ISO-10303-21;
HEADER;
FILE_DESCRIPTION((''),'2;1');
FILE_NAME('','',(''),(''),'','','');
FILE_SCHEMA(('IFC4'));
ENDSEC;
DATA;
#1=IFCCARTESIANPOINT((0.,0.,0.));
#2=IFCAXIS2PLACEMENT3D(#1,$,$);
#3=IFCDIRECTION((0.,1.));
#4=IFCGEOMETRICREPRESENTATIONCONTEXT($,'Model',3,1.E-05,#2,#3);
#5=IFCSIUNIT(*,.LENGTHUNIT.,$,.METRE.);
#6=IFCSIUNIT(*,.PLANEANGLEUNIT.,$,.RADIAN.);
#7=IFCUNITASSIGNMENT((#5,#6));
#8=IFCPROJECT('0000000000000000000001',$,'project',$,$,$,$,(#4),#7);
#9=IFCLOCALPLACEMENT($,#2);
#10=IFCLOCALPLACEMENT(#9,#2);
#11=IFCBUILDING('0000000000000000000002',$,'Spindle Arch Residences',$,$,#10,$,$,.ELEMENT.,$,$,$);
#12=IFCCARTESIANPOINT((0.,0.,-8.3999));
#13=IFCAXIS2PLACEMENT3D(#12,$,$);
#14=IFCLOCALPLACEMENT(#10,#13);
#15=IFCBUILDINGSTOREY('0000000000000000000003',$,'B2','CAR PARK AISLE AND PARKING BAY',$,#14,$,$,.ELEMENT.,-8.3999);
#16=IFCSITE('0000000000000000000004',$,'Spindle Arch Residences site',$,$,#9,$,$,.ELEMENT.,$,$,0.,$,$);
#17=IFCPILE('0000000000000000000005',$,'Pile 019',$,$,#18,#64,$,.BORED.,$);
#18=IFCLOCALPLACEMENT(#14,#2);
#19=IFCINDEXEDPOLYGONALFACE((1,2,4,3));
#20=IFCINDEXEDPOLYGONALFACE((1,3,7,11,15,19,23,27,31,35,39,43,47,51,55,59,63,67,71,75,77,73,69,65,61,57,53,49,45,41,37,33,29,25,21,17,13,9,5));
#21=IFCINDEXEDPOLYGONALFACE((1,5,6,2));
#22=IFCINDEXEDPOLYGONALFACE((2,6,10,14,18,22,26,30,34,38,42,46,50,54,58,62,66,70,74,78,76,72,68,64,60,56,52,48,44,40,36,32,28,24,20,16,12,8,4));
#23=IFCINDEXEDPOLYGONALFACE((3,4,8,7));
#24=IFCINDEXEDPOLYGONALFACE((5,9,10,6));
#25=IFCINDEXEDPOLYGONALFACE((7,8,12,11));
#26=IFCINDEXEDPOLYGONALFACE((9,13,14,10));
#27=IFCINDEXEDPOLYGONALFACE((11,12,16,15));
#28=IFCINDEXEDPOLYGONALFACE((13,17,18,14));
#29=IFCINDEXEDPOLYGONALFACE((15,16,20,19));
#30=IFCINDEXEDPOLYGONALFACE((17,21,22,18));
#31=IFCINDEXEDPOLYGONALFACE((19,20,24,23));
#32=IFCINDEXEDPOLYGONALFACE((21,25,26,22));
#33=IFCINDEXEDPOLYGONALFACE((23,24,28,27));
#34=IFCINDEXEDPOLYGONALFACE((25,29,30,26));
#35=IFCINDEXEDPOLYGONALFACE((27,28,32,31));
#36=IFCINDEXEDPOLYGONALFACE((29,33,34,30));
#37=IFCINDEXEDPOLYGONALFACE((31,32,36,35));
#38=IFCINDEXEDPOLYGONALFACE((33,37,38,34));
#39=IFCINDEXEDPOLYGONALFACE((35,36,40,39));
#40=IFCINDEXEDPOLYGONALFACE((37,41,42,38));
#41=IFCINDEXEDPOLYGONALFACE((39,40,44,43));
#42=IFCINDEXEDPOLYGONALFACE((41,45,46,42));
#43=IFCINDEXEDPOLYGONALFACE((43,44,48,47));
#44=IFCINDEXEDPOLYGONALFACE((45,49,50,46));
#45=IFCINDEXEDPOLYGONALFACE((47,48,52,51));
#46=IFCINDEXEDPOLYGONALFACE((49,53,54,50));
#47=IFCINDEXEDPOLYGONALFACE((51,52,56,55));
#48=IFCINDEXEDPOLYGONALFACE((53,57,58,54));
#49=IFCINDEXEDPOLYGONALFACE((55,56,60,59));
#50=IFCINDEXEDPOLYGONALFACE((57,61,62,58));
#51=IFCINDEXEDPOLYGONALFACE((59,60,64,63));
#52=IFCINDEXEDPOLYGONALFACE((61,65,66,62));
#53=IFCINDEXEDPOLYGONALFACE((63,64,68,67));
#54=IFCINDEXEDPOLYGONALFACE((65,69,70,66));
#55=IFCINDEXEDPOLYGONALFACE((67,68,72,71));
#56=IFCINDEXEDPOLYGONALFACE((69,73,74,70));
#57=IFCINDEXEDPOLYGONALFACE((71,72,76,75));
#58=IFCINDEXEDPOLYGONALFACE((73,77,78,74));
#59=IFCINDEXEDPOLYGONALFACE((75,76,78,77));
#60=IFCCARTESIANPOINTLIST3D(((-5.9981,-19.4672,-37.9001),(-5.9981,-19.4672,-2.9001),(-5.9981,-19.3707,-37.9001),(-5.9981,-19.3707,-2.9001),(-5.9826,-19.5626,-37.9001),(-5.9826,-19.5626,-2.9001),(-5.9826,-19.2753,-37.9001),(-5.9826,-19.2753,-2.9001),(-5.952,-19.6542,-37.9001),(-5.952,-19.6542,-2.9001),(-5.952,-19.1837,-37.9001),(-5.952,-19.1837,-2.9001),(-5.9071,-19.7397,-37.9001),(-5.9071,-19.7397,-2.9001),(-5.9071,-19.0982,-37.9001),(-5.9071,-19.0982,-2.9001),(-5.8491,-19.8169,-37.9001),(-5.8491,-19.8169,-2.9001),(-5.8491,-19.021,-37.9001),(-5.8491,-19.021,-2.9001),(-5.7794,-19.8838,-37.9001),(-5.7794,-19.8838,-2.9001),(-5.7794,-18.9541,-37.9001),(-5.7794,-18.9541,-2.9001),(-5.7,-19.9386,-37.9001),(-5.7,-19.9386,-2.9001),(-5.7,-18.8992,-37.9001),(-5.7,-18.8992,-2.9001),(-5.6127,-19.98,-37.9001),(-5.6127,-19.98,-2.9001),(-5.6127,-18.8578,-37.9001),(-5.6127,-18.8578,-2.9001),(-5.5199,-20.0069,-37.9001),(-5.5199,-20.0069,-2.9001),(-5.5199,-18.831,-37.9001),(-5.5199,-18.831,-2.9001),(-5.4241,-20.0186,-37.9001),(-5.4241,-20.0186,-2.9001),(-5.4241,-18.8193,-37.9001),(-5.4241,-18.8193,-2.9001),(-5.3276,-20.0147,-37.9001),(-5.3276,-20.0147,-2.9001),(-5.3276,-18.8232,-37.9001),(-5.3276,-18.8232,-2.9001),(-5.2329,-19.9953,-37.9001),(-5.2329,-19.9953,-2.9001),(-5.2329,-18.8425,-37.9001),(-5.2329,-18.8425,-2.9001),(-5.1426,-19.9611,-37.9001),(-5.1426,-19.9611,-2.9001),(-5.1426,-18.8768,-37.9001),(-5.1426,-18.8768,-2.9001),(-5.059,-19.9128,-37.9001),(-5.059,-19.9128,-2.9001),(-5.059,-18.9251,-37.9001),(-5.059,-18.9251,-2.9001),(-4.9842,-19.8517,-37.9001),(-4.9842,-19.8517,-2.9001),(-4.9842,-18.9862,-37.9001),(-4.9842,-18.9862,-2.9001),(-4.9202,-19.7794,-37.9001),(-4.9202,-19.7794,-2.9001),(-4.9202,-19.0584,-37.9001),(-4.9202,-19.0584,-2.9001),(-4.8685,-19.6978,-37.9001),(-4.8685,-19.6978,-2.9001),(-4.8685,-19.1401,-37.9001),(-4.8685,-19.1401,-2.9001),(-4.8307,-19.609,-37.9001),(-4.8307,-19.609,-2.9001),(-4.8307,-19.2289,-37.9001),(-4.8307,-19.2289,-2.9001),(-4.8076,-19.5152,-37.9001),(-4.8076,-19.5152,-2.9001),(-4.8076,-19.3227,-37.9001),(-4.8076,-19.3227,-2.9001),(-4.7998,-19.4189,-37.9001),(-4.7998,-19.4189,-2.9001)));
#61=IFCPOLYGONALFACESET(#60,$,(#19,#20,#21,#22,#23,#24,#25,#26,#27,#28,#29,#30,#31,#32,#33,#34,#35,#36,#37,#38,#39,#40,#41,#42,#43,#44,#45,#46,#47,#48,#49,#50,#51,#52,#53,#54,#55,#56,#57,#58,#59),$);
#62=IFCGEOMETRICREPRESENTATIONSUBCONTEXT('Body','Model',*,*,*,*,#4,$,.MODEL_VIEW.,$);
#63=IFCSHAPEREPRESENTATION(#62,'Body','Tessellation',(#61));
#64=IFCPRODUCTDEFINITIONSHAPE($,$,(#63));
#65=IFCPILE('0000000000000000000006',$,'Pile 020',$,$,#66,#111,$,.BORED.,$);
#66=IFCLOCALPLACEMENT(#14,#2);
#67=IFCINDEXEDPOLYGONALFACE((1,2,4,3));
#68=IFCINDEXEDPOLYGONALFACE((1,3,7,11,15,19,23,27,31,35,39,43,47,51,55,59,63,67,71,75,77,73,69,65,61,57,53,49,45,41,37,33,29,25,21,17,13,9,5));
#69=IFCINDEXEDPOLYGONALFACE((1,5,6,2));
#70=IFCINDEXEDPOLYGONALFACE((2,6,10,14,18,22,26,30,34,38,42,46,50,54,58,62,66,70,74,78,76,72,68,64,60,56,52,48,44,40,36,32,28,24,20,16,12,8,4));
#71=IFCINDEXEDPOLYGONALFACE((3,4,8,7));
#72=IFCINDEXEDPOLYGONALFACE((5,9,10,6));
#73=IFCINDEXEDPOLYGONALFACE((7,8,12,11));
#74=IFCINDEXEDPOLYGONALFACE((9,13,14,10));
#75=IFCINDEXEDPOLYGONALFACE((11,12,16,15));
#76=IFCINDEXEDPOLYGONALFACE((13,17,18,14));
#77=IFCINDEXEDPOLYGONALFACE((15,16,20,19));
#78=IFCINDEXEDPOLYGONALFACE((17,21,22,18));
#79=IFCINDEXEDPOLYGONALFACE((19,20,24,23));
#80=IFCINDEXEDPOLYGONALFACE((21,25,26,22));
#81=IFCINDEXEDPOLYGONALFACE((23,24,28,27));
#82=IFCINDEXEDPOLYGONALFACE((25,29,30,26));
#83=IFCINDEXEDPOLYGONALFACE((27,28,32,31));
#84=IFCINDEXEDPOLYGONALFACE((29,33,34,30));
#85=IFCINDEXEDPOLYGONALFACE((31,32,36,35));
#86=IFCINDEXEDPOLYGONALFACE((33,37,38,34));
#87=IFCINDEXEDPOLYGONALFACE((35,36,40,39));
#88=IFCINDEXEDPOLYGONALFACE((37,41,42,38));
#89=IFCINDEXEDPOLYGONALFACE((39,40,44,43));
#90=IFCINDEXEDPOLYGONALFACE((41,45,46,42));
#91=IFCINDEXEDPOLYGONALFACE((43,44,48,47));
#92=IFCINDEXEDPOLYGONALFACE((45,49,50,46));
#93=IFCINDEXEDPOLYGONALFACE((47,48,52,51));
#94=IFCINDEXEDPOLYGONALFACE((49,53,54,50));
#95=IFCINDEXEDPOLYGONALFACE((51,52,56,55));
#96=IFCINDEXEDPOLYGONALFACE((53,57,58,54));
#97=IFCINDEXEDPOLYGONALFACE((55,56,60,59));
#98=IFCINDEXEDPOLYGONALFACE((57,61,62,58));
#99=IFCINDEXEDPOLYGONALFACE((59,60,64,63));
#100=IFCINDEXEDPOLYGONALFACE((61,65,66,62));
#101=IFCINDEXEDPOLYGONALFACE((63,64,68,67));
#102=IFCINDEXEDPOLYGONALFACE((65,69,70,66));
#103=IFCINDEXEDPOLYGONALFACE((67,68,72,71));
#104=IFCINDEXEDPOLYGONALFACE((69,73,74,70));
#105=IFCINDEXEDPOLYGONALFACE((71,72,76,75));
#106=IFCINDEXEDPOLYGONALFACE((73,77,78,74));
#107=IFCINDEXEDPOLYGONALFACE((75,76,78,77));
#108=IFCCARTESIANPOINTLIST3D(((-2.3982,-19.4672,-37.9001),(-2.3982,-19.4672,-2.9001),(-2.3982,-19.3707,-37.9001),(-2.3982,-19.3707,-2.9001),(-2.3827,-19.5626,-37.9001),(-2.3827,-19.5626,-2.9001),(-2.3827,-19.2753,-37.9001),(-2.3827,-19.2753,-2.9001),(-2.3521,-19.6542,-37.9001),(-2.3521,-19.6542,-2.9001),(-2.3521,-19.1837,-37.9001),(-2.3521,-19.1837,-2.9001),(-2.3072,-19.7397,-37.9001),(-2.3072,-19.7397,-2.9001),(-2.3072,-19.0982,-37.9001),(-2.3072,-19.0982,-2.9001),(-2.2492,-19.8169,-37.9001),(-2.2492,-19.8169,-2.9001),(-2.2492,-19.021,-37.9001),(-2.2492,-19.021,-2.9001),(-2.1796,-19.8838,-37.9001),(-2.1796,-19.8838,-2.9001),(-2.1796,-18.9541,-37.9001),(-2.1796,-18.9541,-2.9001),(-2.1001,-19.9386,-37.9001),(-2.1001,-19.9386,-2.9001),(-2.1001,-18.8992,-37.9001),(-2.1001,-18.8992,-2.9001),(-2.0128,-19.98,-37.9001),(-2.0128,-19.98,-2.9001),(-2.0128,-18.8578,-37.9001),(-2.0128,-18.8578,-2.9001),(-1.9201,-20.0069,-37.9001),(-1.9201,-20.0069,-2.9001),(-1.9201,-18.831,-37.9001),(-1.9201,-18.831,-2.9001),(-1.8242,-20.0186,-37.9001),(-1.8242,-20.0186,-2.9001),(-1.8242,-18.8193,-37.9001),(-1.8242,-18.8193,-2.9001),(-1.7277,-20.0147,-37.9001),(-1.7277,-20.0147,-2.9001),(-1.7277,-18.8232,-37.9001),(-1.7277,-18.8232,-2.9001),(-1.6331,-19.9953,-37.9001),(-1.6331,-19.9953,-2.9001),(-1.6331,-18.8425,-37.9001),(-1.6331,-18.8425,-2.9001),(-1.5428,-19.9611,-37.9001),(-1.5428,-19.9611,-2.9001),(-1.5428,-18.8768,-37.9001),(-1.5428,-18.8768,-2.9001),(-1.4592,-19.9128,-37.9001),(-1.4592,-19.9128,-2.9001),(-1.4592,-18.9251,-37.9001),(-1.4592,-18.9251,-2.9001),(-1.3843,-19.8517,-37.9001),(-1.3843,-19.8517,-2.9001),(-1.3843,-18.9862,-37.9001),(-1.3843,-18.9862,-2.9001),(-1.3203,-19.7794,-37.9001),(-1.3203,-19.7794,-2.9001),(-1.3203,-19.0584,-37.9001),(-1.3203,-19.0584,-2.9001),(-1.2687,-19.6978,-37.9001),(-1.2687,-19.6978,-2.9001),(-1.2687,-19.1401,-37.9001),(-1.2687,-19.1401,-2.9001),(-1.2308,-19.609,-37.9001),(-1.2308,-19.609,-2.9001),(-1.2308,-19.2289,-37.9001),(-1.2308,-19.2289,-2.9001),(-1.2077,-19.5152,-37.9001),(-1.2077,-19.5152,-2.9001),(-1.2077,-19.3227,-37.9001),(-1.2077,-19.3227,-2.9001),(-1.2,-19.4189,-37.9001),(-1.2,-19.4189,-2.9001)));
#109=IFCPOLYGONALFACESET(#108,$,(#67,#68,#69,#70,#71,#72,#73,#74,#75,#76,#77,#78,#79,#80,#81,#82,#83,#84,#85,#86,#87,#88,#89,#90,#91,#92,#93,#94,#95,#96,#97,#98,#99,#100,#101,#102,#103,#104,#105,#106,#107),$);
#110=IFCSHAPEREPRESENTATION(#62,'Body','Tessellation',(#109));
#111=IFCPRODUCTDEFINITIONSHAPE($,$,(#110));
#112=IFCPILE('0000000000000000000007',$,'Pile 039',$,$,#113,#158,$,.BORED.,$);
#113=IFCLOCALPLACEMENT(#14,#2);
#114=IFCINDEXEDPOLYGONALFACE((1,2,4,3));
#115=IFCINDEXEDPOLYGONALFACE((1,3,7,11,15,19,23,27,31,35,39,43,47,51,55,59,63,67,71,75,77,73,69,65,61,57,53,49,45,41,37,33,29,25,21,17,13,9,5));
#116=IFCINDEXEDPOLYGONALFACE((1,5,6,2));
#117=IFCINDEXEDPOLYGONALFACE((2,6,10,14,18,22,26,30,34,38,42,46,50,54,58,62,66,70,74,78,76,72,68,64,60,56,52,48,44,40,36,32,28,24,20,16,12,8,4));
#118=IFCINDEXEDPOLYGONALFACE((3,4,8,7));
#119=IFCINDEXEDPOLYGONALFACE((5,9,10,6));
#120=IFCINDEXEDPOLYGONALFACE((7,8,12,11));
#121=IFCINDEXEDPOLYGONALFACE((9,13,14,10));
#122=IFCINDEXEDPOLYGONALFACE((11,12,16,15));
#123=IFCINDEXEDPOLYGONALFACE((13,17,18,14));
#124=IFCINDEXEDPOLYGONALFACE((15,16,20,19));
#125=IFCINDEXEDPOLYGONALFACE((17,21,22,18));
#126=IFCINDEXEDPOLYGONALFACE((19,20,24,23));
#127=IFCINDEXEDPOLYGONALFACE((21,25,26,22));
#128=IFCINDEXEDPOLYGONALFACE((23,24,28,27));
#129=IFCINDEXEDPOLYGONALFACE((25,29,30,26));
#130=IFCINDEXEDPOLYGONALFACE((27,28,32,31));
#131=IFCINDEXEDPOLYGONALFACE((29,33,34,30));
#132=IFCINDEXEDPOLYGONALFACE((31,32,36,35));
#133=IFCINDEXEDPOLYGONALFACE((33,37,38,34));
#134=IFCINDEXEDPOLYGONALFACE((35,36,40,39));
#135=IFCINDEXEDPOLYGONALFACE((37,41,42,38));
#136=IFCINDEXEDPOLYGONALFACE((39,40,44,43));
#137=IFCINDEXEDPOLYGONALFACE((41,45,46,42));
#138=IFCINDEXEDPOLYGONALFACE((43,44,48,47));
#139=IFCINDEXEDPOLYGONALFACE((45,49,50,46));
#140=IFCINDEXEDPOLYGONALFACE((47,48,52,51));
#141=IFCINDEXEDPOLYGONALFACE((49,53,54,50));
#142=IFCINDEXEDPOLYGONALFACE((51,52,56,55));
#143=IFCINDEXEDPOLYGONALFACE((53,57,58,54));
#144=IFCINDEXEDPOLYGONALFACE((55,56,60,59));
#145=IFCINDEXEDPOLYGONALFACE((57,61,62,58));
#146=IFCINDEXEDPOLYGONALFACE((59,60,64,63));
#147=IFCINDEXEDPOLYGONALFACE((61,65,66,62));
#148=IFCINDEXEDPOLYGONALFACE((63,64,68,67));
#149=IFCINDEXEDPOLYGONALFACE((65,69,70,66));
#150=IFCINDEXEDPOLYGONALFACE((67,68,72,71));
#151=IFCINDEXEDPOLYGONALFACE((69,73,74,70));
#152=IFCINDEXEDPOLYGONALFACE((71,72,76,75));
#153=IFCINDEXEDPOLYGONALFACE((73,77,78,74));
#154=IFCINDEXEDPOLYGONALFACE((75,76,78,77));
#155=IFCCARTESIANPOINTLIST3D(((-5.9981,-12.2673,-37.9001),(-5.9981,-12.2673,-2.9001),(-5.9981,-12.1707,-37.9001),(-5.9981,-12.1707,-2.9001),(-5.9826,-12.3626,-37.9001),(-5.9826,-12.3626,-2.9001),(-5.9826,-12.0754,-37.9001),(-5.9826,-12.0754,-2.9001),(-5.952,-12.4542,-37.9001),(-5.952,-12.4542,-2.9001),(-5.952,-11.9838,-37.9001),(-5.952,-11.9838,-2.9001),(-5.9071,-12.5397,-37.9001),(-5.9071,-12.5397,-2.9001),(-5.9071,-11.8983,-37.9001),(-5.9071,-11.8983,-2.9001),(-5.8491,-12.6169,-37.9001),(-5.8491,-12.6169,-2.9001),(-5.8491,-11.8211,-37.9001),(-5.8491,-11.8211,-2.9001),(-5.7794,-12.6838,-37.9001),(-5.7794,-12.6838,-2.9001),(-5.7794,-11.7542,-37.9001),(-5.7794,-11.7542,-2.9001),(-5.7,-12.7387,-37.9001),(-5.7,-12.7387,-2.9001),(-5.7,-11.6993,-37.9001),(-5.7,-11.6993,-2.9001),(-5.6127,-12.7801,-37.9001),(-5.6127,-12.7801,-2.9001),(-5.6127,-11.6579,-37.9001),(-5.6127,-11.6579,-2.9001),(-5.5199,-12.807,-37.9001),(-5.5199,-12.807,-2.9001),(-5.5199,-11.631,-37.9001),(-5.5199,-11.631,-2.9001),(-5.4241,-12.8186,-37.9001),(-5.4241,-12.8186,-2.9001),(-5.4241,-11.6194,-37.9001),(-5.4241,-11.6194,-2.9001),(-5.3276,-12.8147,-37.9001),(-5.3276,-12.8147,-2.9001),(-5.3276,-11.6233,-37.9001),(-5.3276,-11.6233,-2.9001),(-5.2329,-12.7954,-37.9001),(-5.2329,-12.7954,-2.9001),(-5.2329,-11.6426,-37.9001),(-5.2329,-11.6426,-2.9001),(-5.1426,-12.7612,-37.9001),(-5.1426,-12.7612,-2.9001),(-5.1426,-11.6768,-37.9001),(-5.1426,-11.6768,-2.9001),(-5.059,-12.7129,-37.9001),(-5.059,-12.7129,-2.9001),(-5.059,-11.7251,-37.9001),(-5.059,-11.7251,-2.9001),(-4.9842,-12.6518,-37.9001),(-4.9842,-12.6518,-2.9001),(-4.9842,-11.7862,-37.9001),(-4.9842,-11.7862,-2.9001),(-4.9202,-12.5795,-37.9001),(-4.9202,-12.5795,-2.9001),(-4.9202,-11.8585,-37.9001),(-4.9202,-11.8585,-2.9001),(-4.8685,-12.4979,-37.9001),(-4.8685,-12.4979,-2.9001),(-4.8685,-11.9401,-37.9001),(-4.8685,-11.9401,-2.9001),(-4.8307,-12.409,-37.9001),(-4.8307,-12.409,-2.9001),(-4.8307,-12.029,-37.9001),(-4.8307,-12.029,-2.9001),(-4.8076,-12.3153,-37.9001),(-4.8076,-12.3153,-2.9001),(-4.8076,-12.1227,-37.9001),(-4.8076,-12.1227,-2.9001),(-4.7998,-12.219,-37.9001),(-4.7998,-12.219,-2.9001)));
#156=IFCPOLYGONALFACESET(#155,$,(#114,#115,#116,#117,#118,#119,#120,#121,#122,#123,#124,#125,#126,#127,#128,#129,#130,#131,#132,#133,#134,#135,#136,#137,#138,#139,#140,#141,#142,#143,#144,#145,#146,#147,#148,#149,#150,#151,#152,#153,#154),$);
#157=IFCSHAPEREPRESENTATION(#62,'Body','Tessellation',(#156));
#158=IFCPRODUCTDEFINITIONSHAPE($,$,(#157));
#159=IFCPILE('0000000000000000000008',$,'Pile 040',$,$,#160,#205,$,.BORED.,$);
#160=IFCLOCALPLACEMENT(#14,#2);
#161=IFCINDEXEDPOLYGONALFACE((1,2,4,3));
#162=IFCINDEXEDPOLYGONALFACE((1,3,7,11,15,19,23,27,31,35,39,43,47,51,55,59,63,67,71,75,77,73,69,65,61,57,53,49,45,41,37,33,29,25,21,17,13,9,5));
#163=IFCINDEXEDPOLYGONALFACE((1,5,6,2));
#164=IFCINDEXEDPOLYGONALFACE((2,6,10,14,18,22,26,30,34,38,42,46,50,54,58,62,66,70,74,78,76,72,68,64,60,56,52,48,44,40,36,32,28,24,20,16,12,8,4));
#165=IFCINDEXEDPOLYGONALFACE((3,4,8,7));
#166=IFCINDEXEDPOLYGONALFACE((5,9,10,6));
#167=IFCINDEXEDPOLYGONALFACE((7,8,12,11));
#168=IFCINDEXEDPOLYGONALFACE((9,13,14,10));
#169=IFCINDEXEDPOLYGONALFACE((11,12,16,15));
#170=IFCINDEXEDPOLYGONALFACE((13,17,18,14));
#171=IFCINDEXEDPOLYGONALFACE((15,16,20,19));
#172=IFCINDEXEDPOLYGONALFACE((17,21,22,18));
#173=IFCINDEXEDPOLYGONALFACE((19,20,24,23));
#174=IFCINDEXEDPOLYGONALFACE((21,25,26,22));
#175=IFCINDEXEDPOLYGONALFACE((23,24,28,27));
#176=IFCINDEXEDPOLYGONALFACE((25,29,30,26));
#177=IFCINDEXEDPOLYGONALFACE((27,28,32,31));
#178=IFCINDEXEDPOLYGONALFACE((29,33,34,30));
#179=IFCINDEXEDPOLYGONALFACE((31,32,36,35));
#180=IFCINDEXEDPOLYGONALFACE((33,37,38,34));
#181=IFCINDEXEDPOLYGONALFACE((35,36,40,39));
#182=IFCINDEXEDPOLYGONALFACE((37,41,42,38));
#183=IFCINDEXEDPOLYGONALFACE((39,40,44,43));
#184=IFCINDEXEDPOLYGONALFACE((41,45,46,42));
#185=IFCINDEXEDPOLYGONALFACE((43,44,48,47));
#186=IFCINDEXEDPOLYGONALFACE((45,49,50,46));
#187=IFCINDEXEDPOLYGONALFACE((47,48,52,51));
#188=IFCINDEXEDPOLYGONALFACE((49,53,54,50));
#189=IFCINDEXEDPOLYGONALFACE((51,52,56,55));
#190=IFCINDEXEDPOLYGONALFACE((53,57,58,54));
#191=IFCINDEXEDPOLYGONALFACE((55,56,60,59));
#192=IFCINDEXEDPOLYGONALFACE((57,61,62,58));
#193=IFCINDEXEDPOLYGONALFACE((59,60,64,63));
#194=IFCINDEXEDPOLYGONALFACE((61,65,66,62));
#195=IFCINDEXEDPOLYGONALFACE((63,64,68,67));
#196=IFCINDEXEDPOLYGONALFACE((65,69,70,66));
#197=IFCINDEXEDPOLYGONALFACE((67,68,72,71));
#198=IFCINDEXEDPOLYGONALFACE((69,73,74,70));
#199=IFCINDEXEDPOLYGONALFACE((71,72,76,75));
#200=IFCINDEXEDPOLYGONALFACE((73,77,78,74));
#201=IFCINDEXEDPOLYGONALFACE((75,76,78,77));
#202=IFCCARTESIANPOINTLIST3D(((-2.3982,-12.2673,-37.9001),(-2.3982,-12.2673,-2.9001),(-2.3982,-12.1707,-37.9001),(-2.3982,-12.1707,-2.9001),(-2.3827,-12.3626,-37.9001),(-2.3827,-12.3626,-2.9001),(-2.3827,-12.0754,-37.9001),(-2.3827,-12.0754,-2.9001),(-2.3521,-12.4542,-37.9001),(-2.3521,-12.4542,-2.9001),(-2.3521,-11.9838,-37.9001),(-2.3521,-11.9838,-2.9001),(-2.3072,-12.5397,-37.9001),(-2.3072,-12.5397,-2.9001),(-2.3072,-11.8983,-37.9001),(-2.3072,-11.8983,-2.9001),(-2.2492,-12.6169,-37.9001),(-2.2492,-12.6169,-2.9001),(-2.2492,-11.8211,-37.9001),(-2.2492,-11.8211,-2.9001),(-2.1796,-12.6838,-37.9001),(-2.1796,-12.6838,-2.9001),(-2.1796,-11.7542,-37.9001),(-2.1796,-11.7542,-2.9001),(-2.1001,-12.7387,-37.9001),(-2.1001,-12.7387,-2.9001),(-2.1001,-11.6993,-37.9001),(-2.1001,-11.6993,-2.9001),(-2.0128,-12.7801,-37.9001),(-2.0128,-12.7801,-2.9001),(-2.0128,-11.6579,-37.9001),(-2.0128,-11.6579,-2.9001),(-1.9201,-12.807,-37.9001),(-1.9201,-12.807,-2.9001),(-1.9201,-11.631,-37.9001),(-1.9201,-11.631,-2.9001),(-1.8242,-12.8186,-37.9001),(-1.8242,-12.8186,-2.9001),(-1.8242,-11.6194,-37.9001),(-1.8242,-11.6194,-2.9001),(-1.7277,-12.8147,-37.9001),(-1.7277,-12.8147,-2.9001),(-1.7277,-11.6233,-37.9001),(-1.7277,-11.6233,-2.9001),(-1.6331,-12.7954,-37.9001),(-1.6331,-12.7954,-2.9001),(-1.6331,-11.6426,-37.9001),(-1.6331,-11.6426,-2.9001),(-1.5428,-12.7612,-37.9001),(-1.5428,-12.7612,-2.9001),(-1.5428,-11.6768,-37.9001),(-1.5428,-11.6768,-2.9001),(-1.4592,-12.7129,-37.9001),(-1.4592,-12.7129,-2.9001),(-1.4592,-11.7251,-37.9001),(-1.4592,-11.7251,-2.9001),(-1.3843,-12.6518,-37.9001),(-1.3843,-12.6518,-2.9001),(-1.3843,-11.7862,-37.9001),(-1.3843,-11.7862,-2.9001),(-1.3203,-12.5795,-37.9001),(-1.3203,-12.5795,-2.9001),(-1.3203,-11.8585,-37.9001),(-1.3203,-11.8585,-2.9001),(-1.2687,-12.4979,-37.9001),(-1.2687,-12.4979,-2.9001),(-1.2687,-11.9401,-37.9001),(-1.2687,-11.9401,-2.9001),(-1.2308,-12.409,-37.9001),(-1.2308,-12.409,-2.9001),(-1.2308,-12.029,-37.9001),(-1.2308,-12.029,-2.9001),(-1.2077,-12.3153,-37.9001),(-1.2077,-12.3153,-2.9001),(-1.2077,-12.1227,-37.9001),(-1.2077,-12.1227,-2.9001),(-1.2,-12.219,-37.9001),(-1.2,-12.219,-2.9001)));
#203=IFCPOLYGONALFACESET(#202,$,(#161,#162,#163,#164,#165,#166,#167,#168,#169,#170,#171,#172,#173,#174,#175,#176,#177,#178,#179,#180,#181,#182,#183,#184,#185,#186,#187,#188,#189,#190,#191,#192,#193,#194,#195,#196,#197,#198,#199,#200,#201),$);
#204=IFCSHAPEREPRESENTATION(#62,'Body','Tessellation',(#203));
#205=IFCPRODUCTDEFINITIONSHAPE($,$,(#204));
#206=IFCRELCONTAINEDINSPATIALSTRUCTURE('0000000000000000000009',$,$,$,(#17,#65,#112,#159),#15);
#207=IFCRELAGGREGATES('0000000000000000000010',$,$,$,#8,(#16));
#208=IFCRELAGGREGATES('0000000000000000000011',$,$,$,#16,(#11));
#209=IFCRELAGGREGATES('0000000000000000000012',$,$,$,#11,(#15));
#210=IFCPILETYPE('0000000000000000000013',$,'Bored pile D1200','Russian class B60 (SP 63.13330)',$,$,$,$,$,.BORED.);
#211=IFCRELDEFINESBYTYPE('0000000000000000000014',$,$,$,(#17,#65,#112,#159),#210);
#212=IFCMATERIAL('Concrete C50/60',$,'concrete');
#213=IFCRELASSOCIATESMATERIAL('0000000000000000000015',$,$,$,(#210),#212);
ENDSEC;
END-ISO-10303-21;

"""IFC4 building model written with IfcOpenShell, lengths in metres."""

from ifc_helpers import new_model, si_unit, direction, frame, origin, origin_2d, place, context, subcontext, project, spatial, circle, extrude, material, material_profile, profile_set, type_object, element, save


model = new_model("IFC4")

# Units and contexts
model_context = context("Model", 3, precision=1e-05, world=origin(), true_north=direction((0.0, 1.0)))
body_context = subcontext(model_context, "Body", "Model", "MODEL_VIEW")
ifc_project = project(units=[si_unit("LENGTHUNIT", "METRE"), si_unit("PLANEANGLEUNIT", "RADIAN")], contexts=[model_context])

# Site, building, storey
site_placement = place(None, origin())
site = spatial("IfcSite", under=ifc_project, at=site_placement, Name="Spindle Arch Residences site", CompositionType="ELEMENT", RefElevation=0.0)
building_placement = place(site_placement, origin())
building = spatial("IfcBuilding", under=site, at=building_placement, Name="Spindle Arch Residences", CompositionType="ELEMENT")
storey_placement = place(building_placement, frame((0.0, 0.0, -8.3999)))
storey = spatial("IfcBuildingStorey", under=building, at=storey_placement, Name="B2", Description="CAR PARK AISLE AND PARKING BAY", CompositionType="ELEMENT", Elevation=-8.3999)

# Piles
ifc_material_1 = material(Name="Concrete C50/60", Category="concrete")
ifc_material_profile = material_profile(ifc_material_1, circle(Radius=0.6001, at=origin_2d()), Name="BP D1200")
ifc_profile_set = profile_set([ifc_material_profile], Name="Concrete C50/60")
pile_type = type_object("IfcPileType", Name="Bored pile D1200", Description="Russian class B60 (SP 63.13330)", PredefinedType="BORED", material=ifc_profile_set)
for number, where, z_axis, x_axis, name in (
    (1, (-5.3999, -19.4189, -2.9001), (0.0, 0.0, -1.0), (1.0, 0.0, 0.0), "Pile 019"),
    (2, (-1.8, -19.4189, -2.9001), (0.0, 0.0, -1.0), (1.0, 0.0, 0.0), "Pile 020"),
    (3, (-5.3999, -12.219, -2.9001), (0.0, 0.0, -1.0), (1.0, 0.0, 0.0), "Pile 039"),
    (4, (-1.8, -12.219, -2.9001), (0.0, 0.0, -1.0), (1.0, 0.0, 0.0), "Pile 040"),
):
    element("IfcPile", number, at=place(storey_placement, frame(where, z_axis=z_axis, x_axis=x_axis)), inside=storey, type_object=pile_type, Name=name, PredefinedType="BORED", context=body_context, shape_type="SweptSolid", body=[
        extrude(circle(Radius=0.6001, at=origin_2d()), origin(), (0.0, 0.0, 1.0), 35.0),
    ])

save(model, "model.ifc")
